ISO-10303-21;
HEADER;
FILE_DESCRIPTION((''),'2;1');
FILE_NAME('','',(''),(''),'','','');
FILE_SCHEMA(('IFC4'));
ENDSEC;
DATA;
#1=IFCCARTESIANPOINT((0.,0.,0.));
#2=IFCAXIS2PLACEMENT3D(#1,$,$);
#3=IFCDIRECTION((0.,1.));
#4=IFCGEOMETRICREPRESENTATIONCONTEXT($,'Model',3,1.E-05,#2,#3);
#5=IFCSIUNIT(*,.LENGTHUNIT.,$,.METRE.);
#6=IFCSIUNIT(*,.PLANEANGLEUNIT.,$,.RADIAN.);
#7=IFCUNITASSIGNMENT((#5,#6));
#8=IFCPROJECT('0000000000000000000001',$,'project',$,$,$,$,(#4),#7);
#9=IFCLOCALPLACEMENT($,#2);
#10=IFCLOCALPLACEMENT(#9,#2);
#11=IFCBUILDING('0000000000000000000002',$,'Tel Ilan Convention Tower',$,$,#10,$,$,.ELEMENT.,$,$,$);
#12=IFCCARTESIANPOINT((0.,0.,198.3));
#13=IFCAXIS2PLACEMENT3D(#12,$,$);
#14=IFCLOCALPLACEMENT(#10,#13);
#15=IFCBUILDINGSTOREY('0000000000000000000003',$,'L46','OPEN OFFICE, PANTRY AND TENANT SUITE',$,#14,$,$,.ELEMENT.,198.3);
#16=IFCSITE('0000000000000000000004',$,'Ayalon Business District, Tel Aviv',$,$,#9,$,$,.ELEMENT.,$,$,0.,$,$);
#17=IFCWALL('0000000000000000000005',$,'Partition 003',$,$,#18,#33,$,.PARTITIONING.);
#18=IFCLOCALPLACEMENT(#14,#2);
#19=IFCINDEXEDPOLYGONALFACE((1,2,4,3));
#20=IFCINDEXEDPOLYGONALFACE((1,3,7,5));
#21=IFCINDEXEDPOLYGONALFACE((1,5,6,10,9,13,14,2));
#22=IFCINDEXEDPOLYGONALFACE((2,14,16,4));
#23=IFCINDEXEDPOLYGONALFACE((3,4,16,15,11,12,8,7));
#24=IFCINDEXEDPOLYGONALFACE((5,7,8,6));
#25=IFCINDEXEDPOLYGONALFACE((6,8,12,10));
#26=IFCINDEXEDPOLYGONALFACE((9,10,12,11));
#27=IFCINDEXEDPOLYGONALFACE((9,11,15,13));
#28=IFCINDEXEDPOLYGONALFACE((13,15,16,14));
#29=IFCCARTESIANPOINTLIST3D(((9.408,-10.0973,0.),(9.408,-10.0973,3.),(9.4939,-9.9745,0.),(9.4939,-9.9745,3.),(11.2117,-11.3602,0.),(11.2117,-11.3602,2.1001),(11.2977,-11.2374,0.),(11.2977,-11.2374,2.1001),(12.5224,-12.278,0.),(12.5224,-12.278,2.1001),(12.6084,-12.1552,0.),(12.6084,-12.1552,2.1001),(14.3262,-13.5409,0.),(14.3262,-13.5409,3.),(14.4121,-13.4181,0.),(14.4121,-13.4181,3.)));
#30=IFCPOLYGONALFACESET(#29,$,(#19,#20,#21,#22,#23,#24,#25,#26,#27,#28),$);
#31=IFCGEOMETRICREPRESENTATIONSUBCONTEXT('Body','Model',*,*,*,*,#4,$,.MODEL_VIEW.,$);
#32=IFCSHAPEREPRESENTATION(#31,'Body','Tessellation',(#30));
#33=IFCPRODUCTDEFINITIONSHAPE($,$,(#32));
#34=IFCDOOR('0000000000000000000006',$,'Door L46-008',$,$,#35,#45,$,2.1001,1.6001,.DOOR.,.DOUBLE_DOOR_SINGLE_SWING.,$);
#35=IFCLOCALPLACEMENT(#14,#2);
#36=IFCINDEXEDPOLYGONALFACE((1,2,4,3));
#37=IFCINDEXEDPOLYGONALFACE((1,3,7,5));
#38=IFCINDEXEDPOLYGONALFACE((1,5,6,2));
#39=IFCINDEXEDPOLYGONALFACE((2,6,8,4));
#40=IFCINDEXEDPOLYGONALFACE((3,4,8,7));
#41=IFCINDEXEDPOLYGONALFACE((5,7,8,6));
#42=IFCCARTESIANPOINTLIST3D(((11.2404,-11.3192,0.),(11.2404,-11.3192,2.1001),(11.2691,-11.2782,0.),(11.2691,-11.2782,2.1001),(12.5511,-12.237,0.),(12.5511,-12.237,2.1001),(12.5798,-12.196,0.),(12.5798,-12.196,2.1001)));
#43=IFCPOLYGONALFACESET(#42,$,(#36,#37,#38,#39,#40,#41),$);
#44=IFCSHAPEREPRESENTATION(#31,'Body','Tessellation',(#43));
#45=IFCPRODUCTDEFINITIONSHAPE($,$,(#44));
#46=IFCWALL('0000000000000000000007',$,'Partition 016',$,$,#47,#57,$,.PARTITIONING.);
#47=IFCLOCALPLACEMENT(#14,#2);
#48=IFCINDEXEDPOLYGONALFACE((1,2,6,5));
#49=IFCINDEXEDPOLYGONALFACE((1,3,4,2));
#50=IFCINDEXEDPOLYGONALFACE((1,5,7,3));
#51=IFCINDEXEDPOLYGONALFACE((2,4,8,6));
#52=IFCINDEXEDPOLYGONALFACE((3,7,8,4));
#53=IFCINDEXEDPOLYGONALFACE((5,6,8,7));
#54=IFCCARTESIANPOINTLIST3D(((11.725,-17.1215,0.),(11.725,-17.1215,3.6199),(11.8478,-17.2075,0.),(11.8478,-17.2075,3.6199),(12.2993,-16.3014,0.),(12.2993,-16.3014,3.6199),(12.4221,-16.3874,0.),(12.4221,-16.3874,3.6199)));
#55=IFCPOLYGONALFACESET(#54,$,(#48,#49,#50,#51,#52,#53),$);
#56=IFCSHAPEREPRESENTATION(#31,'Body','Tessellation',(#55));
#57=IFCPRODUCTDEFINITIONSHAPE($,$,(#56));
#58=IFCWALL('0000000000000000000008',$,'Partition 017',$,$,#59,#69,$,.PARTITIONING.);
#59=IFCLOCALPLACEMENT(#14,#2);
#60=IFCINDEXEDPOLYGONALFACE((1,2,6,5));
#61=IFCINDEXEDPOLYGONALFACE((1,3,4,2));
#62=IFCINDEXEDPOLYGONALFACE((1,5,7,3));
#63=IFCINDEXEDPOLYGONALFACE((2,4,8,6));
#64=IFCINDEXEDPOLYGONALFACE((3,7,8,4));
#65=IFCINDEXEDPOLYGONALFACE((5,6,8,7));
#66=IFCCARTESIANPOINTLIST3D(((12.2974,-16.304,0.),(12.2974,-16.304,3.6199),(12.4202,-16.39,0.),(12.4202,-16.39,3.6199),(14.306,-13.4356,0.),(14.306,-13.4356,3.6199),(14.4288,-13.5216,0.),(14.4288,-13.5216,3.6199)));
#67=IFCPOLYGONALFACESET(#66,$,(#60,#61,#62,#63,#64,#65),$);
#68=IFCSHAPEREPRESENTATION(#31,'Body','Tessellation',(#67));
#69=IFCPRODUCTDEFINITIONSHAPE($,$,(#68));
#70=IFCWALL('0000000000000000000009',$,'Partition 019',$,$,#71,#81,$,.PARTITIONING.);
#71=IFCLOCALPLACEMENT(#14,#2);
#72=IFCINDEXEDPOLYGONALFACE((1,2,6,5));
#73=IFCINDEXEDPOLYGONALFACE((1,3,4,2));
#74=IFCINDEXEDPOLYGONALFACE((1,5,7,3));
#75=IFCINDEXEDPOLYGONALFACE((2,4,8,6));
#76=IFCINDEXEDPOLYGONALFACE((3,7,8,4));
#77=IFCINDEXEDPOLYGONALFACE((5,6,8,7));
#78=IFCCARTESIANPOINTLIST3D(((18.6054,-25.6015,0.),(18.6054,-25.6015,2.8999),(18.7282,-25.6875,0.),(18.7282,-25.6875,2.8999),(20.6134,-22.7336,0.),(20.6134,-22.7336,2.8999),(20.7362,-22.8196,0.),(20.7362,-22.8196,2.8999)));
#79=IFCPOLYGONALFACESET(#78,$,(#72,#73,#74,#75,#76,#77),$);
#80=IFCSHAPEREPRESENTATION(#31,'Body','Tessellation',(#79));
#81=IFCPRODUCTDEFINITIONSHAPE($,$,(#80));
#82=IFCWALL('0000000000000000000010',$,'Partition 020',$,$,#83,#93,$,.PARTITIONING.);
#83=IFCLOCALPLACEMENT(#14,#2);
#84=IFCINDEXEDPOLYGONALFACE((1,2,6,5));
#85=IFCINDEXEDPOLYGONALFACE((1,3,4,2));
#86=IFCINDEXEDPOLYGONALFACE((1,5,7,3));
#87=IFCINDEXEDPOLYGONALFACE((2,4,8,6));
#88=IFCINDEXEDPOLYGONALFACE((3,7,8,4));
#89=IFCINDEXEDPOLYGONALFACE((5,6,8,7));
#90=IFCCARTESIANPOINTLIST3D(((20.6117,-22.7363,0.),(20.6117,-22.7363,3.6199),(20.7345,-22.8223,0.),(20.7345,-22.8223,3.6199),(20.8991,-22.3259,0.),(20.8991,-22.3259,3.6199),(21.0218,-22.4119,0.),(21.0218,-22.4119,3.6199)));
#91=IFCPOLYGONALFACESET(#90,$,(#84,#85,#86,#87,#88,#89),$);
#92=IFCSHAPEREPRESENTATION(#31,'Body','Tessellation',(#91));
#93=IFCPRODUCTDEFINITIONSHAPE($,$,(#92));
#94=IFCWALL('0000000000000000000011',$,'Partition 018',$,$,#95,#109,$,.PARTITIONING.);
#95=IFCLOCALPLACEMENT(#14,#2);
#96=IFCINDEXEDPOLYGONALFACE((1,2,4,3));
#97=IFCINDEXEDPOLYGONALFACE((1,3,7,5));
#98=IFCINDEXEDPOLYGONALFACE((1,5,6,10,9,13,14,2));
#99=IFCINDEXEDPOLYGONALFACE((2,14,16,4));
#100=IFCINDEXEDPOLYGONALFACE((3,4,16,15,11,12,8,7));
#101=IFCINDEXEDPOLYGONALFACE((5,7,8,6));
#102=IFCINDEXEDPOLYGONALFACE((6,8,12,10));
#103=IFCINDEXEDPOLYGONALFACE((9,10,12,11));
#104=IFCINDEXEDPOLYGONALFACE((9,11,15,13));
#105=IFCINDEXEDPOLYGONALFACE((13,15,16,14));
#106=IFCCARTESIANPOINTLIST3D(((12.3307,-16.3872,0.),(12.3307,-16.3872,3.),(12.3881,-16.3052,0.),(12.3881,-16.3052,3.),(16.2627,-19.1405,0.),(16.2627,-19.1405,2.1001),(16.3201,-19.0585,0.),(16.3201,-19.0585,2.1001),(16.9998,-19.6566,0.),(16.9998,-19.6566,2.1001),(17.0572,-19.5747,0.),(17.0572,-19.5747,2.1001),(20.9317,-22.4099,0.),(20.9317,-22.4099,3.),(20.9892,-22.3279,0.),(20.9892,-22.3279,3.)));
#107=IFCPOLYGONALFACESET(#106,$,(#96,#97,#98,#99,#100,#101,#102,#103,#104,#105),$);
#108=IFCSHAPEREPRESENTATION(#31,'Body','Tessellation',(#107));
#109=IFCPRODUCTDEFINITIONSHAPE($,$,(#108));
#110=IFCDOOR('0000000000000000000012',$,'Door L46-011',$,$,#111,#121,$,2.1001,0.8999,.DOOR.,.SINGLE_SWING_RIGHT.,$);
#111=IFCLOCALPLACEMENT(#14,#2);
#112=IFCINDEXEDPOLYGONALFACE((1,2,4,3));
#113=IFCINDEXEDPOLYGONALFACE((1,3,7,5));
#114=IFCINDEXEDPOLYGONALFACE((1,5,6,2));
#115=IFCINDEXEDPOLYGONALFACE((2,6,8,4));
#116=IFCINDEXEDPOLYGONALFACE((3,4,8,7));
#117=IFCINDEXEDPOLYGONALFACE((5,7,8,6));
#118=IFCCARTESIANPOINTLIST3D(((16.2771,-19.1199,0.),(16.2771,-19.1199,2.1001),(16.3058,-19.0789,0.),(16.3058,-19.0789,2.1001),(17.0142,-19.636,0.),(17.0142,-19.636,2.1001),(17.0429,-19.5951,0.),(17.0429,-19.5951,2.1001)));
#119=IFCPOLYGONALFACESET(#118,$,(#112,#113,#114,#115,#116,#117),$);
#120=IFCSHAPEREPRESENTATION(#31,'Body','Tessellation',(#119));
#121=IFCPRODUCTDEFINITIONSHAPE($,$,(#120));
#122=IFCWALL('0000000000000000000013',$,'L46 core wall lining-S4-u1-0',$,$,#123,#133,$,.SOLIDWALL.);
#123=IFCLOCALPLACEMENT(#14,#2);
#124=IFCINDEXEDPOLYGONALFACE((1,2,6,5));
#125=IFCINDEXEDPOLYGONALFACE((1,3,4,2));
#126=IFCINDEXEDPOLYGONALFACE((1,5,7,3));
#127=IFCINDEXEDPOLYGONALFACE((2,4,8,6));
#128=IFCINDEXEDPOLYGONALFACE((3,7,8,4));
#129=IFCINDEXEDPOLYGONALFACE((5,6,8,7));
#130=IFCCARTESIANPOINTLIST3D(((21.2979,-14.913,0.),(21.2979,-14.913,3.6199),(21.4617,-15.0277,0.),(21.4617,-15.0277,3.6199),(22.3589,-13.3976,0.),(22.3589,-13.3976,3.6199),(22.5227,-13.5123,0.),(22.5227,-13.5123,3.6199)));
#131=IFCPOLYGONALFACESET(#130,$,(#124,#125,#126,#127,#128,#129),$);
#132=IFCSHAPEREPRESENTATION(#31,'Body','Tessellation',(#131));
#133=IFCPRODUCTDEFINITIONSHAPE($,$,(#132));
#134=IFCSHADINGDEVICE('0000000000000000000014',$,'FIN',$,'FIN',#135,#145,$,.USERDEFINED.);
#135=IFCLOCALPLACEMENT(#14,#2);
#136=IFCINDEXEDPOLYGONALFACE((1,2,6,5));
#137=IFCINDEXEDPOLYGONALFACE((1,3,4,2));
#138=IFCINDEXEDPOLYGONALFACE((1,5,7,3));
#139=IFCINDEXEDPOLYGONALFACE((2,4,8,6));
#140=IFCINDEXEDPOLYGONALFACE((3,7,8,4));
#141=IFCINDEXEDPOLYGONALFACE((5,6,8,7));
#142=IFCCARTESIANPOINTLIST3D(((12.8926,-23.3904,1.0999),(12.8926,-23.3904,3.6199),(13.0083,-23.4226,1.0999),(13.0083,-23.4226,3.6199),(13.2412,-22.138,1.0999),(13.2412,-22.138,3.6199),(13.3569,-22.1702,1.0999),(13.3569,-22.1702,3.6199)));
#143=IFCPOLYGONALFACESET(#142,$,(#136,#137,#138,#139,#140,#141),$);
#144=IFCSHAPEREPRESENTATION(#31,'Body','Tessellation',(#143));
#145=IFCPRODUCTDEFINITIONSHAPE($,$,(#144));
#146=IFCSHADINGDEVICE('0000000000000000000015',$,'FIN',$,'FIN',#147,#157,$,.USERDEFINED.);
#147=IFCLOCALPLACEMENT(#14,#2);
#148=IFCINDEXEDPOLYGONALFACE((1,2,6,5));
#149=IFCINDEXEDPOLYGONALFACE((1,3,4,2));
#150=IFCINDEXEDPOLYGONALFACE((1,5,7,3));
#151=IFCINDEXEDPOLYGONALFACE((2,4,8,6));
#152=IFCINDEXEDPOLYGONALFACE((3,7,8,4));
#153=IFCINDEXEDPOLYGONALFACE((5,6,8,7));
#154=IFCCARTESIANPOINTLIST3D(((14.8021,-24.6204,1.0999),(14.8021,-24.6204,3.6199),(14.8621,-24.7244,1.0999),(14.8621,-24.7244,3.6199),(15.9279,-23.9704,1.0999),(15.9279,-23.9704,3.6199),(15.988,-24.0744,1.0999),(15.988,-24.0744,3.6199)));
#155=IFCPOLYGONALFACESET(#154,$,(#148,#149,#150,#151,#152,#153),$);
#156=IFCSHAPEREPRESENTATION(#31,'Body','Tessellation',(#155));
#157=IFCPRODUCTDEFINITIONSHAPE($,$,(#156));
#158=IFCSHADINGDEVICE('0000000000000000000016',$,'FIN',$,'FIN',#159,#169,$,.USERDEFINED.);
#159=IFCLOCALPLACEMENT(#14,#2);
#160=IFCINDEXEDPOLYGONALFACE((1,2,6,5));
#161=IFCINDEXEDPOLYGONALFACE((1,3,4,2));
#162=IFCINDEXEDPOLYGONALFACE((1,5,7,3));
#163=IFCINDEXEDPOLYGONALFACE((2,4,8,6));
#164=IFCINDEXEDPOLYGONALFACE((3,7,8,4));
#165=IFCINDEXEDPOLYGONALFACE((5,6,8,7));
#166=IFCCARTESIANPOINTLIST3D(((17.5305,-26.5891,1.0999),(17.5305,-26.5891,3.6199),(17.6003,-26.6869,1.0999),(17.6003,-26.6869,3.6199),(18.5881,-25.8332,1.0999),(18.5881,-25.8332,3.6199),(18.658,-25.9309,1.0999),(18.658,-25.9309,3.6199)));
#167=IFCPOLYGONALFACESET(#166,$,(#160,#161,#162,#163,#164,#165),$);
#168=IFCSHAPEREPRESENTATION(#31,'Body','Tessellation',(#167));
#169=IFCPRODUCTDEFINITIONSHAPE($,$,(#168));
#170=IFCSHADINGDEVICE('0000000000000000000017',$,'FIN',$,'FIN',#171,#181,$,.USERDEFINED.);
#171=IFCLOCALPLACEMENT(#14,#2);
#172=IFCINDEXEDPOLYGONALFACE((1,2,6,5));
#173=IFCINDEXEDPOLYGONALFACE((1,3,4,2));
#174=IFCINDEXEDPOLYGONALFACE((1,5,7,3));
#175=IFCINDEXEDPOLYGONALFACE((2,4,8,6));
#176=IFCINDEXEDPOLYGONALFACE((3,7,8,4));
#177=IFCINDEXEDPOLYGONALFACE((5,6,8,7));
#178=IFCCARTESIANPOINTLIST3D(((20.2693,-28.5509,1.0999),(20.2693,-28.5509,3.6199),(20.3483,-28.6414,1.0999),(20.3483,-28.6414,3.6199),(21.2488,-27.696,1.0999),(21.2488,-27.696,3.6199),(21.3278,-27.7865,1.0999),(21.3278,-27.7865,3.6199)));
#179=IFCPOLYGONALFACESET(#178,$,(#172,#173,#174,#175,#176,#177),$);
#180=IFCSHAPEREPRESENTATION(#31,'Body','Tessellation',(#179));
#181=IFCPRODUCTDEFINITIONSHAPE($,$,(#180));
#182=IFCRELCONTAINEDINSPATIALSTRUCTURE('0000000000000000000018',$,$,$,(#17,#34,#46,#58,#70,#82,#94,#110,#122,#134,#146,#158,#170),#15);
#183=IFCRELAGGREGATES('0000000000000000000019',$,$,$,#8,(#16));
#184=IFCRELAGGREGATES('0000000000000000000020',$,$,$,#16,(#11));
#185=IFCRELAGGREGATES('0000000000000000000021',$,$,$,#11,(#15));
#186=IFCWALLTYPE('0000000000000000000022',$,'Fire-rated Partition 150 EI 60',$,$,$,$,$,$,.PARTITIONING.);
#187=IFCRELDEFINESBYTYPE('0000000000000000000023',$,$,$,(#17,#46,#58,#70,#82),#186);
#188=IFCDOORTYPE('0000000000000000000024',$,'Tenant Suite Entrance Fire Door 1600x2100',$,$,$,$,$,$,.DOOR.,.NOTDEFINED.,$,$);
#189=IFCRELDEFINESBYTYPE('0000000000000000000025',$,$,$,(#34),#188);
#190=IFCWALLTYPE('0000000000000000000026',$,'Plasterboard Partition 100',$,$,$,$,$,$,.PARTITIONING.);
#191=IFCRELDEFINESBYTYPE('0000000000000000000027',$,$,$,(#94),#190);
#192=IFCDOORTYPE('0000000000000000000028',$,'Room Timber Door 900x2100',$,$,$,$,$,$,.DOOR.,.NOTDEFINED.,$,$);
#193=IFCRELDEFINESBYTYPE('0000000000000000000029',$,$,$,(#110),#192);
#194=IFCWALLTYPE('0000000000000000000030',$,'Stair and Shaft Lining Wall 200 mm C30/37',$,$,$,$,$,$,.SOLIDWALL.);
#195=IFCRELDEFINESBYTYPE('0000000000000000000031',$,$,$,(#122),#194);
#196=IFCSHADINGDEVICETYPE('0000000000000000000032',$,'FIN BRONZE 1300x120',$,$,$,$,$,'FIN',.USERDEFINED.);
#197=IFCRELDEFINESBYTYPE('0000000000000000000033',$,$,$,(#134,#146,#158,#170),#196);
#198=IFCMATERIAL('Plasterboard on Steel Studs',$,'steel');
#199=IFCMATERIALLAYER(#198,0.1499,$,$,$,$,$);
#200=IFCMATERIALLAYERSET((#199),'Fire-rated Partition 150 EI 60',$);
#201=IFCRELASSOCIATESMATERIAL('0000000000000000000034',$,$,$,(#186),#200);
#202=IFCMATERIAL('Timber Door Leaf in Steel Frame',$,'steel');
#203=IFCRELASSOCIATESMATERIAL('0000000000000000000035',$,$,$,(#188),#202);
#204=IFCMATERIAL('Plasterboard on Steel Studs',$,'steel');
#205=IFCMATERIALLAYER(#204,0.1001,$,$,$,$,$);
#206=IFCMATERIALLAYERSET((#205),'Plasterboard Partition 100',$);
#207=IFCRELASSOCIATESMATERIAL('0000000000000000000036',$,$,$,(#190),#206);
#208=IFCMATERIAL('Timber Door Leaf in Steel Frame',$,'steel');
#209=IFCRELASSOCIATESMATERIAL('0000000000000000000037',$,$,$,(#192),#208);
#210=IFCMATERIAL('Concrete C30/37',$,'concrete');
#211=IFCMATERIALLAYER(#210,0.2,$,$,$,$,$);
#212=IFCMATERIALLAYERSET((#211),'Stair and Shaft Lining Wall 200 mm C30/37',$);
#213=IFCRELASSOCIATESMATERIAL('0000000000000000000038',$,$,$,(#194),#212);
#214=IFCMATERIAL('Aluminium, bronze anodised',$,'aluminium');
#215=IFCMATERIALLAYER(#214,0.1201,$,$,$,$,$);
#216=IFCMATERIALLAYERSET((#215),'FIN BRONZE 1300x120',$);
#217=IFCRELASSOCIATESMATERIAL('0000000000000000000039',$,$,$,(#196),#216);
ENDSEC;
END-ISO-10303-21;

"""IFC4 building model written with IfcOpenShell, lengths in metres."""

from ifc_helpers import new_model, si_unit, direction, frame, frame_2d, origin, origin_2d, place, context, subcontext, project, spatial, rectangle, extrude, material, layer, layer_set, type_object, element, fill, save


model = new_model("IFC4")

# Units and contexts
model_context = context("Model", 3, precision=1e-05, world=origin(), true_north=direction((0.0, 1.0)))
body_context = subcontext(model_context, "Body", "Model", "MODEL_VIEW")
ifc_project = project(units=[si_unit("LENGTHUNIT", "METRE"), si_unit("PLANEANGLEUNIT", "RADIAN")], contexts=[model_context])

# Site, building, storey
site_placement = place(None, origin())
site = spatial("IfcSite", under=ifc_project, at=site_placement, Name="Ayalon Business District, Tel Aviv", CompositionType="ELEMENT", RefElevation=0.0)
building_placement = place(site_placement, origin())
building = spatial("IfcBuilding", under=site, at=building_placement, Name="Tel Ilan Convention Tower", CompositionType="ELEMENT")
storey_placement = place(building_placement, frame((0.0, 0.0, 198.3)))
storey = spatial("IfcBuildingStorey", under=building, at=storey_placement, Name="L46", Description="OPEN OFFICE, PANTRY AND TENANT SUITE", CompositionType="ELEMENT", Elevation=198.3)

# Wall, opening, door
ifc_material_1 = material(Name="Plasterboard on Steel Studs", Category="steel")
ifc_layer_1 = layer(ifc_material_1, 0.1499)
ifc_layer_set_1 = layer_set([ifc_layer_1], Name="Fire-rated Partition 150 EI 60")
wall_type_1 = type_object("IfcWallType", Name="Fire-rated Partition 150 EI 60", PredefinedType="PARTITIONING", material=ifc_layer_set_1)
ifc_material_2 = material(Name="Timber Door Leaf in Steel Frame", Category="steel")
door_type_1 = type_object("IfcDoorType", Name="Tenant Suite Entrance Fire Door 1600x2100", OperationType="NOTDEFINED", PredefinedType="DOOR", material=ifc_material_2)
wall_1_placement = place(storey_placement, frame((14.3691, -13.4795, 0.0), z_axis=(0.0, 0.0, 1.0), x_axis=(-0.819165, 0.573558, 0.0)))
wall_1 = element("IfcWall", 1, at=wall_1_placement, inside=storey, type_object=wall_type_1, Name="Partition 003", PredefinedType="PARTITIONING", context=body_context, shape_type="SweptSolid", body=[
    extrude(rectangle(XDim=6.0039, YDim=0.1499, at=frame_2d((3.002, 0.0))), origin(), (0.0, 0.0, 1.0), 3.0),
])
opening_1_placement = place(wall_1_placement, frame((2.2019, 0.0, 0.0)))
opening_1 = element("IfcOpeningElement", 2, at=opening_1_placement, cuts=wall_1, PredefinedType="OPENING", context=body_context, shape_type="SweptSolid", body=[
    extrude(rectangle(XDim=1.6001, YDim=2.1001, at=frame_2d((0.8, 1.05))), frame((0.0, 0.085, 0.0), z_axis=(0.0, -1.0, 0.0), x_axis=(1.0, 0.0, 0.0)), (0.0, 0.0, 1.0), 0.1699),
])
door_1_placement = place(opening_1_placement, origin())
door_1 = element("IfcDoor", 3, at=door_1_placement, inside=storey, type_object=door_type_1, Name="Door L46-008", OperationType="DOUBLE_DOOR_SINGLE_SWING", OverallHeight=2.1001, OverallWidth=1.6001, PredefinedType="DOOR", context=body_context, shape_type="SweptSolid", body=[
    extrude(rectangle(XDim=1.6001, YDim=2.1001, at=frame_2d((0.8, 1.05))), frame((0.0, 0.0249, 0.0), z_axis=(0.0, -1.0, 0.0), x_axis=(1.0, 0.0, 0.0)), (0.0, 0.0, 1.0), 0.05),
])
fill(opening_1, door_1)

# Walls
wall_2_placement = place(storey_placement, frame((12.3606, -16.3445, 0.0), z_axis=(0.0, 0.0, 1.0), x_axis=(-0.573577, -0.819152, 0.0)))
element("IfcWall", 4, at=wall_2_placement, inside=storey, type_object=wall_type_1, Name="Partition 016", PredefinedType="PARTITIONING", context=body_context, shape_type="SweptSolid", body=[
    extrude(rectangle(XDim=1.0012, YDim=0.1499, at=frame_2d((0.5005, 0.0))), origin(), (0.0, 0.0, 1.0), 3.6199),
])
wall_3_placement = place(storey_placement, frame((14.3674, -13.4785, 0.0), z_axis=(0.0, 0.0, 1.0), x_axis=(-0.573589, -0.819143, 0.0)))
element("IfcWall", 5, at=wall_3_placement, inside=storey, type_object=wall_type_1, Name="Partition 017", PredefinedType="PARTITIONING", context=body_context, shape_type="SweptSolid", body=[
    extrude(rectangle(XDim=3.5017, YDim=0.1499, at=frame_2d((1.751, 0.0))), origin(), (0.0, 0.0, 1.0), 3.6199),
])
wall_4_placement = place(storey_placement, frame((20.6748, -22.7766, 0.0), z_axis=(0.0, 0.0, 1.0), x_axis=(-0.573561, -0.819163, 0.0)))
element("IfcWall", 6, at=wall_4_placement, inside=storey, type_object=wall_type_1, Name="Partition 019", PredefinedType="PARTITIONING", context=body_context, shape_type="SweptSolid", body=[
    extrude(rectangle(XDim=3.501, YDim=0.1499, at=frame_2d((1.7505, 0.0))), origin(), (0.0, 0.0, 1.0), 2.8999),
])
wall_5_placement = place(storey_placement, frame((20.9604, -22.3689, 0.0), z_axis=(0.0, 0.0, 1.0), x_axis=(-0.57356, -0.819163, 0.0)))
element("IfcWall", 7, at=wall_5_placement, inside=storey, type_object=wall_type_1, Name="Partition 020", PredefinedType="PARTITIONING", context=body_context, shape_type="SweptSolid", body=[
    extrude(rectangle(XDim=0.501, YDim=0.1499, at=frame_2d((0.2505, 0.0))), origin(), (0.0, 0.0, 1.0), 3.6199),
])

# Wall, opening, door
ifc_material_3 = material(Name="Plasterboard on Steel Studs", Category="steel")
ifc_layer_2 = layer(ifc_material_3, 0.1001)
ifc_layer_set_2 = layer_set([ifc_layer_2], Name="Plasterboard Partition 100")
wall_type_2 = type_object("IfcWallType", Name="Plasterboard Partition 100", PredefinedType="PARTITIONING", material=ifc_layer_set_2)
wall_6_placement = place(storey_placement, frame((20.9604, -22.3689, 0.0), z_axis=(0.0, 0.0, 1.0), x_axis=(-0.819145, 0.573587, 0.0)))
wall_6 = element("IfcWall", 8, at=wall_6_placement, inside=storey, type_object=wall_type_2, Name="Partition 018", PredefinedType="PARTITIONING", context=body_context, shape_type="SweptSolid", body=[
    extrude(rectangle(XDim=10.5, YDim=0.1001, at=frame_2d((5.25, 0.0))), origin(), (0.0, 0.0, 1.0), 3.0),
])
opening_2_placement = place(wall_6_placement, frame((4.8, 0.0, 0.0)))
opening_2 = element("IfcOpeningElement", 9, at=opening_2_placement, cuts=wall_6, PredefinedType="OPENING", context=body_context, shape_type="SweptSolid", body=[
    extrude(rectangle(XDim=0.8999, YDim=2.1001, at=frame_2d((0.45, 1.05))), frame((0.0, 0.0601, 0.0), z_axis=(0.0, -1.0, 0.0), x_axis=(1.0, 0.0, 0.0)), (0.0, 0.0, 1.0), 0.1201),
])
ifc_material_4 = material(Name="Timber Door Leaf in Steel Frame", Category="steel")
door_type_2 = type_object("IfcDoorType", Name="Room Timber Door 900x2100", OperationType="NOTDEFINED", PredefinedType="DOOR", material=ifc_material_4)
door_2_placement = place(opening_2_placement, origin())
door_2 = element("IfcDoor", 10, at=door_2_placement, inside=storey, type_object=door_type_2, Name="Door L46-011", OperationType="SINGLE_SWING_RIGHT", OverallHeight=2.1001, OverallWidth=0.8999, PredefinedType="DOOR", context=body_context, shape_type="SweptSolid", body=[
    extrude(rectangle(XDim=0.8999, YDim=2.1001, at=frame_2d((0.45, 1.05))), frame((0.0, 0.0249, 0.0), z_axis=(0.0, -1.0, 0.0), x_axis=(1.0, 0.0, 0.0)), (0.0, 0.0, 1.0), 0.05),
])
fill(opening_2, door_2)

# Wall
ifc_material_5 = material(Name="Concrete C30/37", Category="concrete")
ifc_layer_3 = layer(ifc_material_5, 0.2)
ifc_layer_set_3 = layer_set([ifc_layer_3], Name="Stair and Shaft Lining Wall 200 mm C30/37")
wall_type_3 = type_object("IfcWallType", Name="Stair and Shaft Lining Wall 200 mm C30/37", PredefinedType="SOLIDWALL", material=ifc_layer_set_3)
wall_7_placement = place(storey_placement, frame((21.3799, -14.9702, 0.0), z_axis=(0.0, 0.0, 1.0), x_axis=(0.57356, 0.819164, 0.0)))
element("IfcWall", 11, at=wall_7_placement, inside=storey, type_object=wall_type_3, Name="L46 core wall lining-S4-u1-0", PredefinedType="SOLIDWALL", context=body_context, shape_type="SweptSolid", body=[
    extrude(rectangle(XDim=1.8499, YDim=0.2, at=frame_2d((0.9248, 0.0))), origin(), (0.0, 0.0, 1.0), 3.6199),
])

# Shading devices
ifc_material_6 = material(Name="Aluminium, bronze anodised", Category="aluminium")
ifc_layer_4 = layer(ifc_material_6, 0.1201)
ifc_layer_set_4 = layer_set([ifc_layer_4], Name="FIN BRONZE 1300x120")
shading_device_type = type_object("IfcShadingDeviceType", Name="FIN BRONZE 1300x120", ElementType="FIN", PredefinedType="USERDEFINED", material=ifc_layer_set_4)
for number, where, z_axis, x_axis, name in (
    (12, (13.1248, -22.7803, 1.0999), (0.0, 0.0, 1.0), (-0.268173, -0.963371, 0.0), "FIN"),
    (13, (15.395, -24.3474, 1.0999), (0.0, 0.0, 1.0), (-0.866025, -0.5, 0.0), "FIN"),
    (14, (18.0942, -26.26, 1.0999), (0.0, 0.0, 1.0), (-0.813552, -0.581492, 0.0), "FIN"),
    (15, (20.7986, -28.1687, 1.0999), (0.0, 0.0, 1.0), (-0.753436, -0.657521, 0.0), "FIN"),
):
    element("IfcShadingDevice", number, at=place(storey_placement, frame(where, z_axis=z_axis, x_axis=x_axis)), inside=storey, type_object=shading_device_type, Name=name, ObjectType="FIN", PredefinedType="USERDEFINED", context=body_context, shape_type="SweptSolid", body=[
        extrude(rectangle(XDim=1.3, YDim=0.1201, at=origin_2d()), origin(), (0.0, 0.0, 1.0), 2.52),
    ])

save(model, "model.ifc")
